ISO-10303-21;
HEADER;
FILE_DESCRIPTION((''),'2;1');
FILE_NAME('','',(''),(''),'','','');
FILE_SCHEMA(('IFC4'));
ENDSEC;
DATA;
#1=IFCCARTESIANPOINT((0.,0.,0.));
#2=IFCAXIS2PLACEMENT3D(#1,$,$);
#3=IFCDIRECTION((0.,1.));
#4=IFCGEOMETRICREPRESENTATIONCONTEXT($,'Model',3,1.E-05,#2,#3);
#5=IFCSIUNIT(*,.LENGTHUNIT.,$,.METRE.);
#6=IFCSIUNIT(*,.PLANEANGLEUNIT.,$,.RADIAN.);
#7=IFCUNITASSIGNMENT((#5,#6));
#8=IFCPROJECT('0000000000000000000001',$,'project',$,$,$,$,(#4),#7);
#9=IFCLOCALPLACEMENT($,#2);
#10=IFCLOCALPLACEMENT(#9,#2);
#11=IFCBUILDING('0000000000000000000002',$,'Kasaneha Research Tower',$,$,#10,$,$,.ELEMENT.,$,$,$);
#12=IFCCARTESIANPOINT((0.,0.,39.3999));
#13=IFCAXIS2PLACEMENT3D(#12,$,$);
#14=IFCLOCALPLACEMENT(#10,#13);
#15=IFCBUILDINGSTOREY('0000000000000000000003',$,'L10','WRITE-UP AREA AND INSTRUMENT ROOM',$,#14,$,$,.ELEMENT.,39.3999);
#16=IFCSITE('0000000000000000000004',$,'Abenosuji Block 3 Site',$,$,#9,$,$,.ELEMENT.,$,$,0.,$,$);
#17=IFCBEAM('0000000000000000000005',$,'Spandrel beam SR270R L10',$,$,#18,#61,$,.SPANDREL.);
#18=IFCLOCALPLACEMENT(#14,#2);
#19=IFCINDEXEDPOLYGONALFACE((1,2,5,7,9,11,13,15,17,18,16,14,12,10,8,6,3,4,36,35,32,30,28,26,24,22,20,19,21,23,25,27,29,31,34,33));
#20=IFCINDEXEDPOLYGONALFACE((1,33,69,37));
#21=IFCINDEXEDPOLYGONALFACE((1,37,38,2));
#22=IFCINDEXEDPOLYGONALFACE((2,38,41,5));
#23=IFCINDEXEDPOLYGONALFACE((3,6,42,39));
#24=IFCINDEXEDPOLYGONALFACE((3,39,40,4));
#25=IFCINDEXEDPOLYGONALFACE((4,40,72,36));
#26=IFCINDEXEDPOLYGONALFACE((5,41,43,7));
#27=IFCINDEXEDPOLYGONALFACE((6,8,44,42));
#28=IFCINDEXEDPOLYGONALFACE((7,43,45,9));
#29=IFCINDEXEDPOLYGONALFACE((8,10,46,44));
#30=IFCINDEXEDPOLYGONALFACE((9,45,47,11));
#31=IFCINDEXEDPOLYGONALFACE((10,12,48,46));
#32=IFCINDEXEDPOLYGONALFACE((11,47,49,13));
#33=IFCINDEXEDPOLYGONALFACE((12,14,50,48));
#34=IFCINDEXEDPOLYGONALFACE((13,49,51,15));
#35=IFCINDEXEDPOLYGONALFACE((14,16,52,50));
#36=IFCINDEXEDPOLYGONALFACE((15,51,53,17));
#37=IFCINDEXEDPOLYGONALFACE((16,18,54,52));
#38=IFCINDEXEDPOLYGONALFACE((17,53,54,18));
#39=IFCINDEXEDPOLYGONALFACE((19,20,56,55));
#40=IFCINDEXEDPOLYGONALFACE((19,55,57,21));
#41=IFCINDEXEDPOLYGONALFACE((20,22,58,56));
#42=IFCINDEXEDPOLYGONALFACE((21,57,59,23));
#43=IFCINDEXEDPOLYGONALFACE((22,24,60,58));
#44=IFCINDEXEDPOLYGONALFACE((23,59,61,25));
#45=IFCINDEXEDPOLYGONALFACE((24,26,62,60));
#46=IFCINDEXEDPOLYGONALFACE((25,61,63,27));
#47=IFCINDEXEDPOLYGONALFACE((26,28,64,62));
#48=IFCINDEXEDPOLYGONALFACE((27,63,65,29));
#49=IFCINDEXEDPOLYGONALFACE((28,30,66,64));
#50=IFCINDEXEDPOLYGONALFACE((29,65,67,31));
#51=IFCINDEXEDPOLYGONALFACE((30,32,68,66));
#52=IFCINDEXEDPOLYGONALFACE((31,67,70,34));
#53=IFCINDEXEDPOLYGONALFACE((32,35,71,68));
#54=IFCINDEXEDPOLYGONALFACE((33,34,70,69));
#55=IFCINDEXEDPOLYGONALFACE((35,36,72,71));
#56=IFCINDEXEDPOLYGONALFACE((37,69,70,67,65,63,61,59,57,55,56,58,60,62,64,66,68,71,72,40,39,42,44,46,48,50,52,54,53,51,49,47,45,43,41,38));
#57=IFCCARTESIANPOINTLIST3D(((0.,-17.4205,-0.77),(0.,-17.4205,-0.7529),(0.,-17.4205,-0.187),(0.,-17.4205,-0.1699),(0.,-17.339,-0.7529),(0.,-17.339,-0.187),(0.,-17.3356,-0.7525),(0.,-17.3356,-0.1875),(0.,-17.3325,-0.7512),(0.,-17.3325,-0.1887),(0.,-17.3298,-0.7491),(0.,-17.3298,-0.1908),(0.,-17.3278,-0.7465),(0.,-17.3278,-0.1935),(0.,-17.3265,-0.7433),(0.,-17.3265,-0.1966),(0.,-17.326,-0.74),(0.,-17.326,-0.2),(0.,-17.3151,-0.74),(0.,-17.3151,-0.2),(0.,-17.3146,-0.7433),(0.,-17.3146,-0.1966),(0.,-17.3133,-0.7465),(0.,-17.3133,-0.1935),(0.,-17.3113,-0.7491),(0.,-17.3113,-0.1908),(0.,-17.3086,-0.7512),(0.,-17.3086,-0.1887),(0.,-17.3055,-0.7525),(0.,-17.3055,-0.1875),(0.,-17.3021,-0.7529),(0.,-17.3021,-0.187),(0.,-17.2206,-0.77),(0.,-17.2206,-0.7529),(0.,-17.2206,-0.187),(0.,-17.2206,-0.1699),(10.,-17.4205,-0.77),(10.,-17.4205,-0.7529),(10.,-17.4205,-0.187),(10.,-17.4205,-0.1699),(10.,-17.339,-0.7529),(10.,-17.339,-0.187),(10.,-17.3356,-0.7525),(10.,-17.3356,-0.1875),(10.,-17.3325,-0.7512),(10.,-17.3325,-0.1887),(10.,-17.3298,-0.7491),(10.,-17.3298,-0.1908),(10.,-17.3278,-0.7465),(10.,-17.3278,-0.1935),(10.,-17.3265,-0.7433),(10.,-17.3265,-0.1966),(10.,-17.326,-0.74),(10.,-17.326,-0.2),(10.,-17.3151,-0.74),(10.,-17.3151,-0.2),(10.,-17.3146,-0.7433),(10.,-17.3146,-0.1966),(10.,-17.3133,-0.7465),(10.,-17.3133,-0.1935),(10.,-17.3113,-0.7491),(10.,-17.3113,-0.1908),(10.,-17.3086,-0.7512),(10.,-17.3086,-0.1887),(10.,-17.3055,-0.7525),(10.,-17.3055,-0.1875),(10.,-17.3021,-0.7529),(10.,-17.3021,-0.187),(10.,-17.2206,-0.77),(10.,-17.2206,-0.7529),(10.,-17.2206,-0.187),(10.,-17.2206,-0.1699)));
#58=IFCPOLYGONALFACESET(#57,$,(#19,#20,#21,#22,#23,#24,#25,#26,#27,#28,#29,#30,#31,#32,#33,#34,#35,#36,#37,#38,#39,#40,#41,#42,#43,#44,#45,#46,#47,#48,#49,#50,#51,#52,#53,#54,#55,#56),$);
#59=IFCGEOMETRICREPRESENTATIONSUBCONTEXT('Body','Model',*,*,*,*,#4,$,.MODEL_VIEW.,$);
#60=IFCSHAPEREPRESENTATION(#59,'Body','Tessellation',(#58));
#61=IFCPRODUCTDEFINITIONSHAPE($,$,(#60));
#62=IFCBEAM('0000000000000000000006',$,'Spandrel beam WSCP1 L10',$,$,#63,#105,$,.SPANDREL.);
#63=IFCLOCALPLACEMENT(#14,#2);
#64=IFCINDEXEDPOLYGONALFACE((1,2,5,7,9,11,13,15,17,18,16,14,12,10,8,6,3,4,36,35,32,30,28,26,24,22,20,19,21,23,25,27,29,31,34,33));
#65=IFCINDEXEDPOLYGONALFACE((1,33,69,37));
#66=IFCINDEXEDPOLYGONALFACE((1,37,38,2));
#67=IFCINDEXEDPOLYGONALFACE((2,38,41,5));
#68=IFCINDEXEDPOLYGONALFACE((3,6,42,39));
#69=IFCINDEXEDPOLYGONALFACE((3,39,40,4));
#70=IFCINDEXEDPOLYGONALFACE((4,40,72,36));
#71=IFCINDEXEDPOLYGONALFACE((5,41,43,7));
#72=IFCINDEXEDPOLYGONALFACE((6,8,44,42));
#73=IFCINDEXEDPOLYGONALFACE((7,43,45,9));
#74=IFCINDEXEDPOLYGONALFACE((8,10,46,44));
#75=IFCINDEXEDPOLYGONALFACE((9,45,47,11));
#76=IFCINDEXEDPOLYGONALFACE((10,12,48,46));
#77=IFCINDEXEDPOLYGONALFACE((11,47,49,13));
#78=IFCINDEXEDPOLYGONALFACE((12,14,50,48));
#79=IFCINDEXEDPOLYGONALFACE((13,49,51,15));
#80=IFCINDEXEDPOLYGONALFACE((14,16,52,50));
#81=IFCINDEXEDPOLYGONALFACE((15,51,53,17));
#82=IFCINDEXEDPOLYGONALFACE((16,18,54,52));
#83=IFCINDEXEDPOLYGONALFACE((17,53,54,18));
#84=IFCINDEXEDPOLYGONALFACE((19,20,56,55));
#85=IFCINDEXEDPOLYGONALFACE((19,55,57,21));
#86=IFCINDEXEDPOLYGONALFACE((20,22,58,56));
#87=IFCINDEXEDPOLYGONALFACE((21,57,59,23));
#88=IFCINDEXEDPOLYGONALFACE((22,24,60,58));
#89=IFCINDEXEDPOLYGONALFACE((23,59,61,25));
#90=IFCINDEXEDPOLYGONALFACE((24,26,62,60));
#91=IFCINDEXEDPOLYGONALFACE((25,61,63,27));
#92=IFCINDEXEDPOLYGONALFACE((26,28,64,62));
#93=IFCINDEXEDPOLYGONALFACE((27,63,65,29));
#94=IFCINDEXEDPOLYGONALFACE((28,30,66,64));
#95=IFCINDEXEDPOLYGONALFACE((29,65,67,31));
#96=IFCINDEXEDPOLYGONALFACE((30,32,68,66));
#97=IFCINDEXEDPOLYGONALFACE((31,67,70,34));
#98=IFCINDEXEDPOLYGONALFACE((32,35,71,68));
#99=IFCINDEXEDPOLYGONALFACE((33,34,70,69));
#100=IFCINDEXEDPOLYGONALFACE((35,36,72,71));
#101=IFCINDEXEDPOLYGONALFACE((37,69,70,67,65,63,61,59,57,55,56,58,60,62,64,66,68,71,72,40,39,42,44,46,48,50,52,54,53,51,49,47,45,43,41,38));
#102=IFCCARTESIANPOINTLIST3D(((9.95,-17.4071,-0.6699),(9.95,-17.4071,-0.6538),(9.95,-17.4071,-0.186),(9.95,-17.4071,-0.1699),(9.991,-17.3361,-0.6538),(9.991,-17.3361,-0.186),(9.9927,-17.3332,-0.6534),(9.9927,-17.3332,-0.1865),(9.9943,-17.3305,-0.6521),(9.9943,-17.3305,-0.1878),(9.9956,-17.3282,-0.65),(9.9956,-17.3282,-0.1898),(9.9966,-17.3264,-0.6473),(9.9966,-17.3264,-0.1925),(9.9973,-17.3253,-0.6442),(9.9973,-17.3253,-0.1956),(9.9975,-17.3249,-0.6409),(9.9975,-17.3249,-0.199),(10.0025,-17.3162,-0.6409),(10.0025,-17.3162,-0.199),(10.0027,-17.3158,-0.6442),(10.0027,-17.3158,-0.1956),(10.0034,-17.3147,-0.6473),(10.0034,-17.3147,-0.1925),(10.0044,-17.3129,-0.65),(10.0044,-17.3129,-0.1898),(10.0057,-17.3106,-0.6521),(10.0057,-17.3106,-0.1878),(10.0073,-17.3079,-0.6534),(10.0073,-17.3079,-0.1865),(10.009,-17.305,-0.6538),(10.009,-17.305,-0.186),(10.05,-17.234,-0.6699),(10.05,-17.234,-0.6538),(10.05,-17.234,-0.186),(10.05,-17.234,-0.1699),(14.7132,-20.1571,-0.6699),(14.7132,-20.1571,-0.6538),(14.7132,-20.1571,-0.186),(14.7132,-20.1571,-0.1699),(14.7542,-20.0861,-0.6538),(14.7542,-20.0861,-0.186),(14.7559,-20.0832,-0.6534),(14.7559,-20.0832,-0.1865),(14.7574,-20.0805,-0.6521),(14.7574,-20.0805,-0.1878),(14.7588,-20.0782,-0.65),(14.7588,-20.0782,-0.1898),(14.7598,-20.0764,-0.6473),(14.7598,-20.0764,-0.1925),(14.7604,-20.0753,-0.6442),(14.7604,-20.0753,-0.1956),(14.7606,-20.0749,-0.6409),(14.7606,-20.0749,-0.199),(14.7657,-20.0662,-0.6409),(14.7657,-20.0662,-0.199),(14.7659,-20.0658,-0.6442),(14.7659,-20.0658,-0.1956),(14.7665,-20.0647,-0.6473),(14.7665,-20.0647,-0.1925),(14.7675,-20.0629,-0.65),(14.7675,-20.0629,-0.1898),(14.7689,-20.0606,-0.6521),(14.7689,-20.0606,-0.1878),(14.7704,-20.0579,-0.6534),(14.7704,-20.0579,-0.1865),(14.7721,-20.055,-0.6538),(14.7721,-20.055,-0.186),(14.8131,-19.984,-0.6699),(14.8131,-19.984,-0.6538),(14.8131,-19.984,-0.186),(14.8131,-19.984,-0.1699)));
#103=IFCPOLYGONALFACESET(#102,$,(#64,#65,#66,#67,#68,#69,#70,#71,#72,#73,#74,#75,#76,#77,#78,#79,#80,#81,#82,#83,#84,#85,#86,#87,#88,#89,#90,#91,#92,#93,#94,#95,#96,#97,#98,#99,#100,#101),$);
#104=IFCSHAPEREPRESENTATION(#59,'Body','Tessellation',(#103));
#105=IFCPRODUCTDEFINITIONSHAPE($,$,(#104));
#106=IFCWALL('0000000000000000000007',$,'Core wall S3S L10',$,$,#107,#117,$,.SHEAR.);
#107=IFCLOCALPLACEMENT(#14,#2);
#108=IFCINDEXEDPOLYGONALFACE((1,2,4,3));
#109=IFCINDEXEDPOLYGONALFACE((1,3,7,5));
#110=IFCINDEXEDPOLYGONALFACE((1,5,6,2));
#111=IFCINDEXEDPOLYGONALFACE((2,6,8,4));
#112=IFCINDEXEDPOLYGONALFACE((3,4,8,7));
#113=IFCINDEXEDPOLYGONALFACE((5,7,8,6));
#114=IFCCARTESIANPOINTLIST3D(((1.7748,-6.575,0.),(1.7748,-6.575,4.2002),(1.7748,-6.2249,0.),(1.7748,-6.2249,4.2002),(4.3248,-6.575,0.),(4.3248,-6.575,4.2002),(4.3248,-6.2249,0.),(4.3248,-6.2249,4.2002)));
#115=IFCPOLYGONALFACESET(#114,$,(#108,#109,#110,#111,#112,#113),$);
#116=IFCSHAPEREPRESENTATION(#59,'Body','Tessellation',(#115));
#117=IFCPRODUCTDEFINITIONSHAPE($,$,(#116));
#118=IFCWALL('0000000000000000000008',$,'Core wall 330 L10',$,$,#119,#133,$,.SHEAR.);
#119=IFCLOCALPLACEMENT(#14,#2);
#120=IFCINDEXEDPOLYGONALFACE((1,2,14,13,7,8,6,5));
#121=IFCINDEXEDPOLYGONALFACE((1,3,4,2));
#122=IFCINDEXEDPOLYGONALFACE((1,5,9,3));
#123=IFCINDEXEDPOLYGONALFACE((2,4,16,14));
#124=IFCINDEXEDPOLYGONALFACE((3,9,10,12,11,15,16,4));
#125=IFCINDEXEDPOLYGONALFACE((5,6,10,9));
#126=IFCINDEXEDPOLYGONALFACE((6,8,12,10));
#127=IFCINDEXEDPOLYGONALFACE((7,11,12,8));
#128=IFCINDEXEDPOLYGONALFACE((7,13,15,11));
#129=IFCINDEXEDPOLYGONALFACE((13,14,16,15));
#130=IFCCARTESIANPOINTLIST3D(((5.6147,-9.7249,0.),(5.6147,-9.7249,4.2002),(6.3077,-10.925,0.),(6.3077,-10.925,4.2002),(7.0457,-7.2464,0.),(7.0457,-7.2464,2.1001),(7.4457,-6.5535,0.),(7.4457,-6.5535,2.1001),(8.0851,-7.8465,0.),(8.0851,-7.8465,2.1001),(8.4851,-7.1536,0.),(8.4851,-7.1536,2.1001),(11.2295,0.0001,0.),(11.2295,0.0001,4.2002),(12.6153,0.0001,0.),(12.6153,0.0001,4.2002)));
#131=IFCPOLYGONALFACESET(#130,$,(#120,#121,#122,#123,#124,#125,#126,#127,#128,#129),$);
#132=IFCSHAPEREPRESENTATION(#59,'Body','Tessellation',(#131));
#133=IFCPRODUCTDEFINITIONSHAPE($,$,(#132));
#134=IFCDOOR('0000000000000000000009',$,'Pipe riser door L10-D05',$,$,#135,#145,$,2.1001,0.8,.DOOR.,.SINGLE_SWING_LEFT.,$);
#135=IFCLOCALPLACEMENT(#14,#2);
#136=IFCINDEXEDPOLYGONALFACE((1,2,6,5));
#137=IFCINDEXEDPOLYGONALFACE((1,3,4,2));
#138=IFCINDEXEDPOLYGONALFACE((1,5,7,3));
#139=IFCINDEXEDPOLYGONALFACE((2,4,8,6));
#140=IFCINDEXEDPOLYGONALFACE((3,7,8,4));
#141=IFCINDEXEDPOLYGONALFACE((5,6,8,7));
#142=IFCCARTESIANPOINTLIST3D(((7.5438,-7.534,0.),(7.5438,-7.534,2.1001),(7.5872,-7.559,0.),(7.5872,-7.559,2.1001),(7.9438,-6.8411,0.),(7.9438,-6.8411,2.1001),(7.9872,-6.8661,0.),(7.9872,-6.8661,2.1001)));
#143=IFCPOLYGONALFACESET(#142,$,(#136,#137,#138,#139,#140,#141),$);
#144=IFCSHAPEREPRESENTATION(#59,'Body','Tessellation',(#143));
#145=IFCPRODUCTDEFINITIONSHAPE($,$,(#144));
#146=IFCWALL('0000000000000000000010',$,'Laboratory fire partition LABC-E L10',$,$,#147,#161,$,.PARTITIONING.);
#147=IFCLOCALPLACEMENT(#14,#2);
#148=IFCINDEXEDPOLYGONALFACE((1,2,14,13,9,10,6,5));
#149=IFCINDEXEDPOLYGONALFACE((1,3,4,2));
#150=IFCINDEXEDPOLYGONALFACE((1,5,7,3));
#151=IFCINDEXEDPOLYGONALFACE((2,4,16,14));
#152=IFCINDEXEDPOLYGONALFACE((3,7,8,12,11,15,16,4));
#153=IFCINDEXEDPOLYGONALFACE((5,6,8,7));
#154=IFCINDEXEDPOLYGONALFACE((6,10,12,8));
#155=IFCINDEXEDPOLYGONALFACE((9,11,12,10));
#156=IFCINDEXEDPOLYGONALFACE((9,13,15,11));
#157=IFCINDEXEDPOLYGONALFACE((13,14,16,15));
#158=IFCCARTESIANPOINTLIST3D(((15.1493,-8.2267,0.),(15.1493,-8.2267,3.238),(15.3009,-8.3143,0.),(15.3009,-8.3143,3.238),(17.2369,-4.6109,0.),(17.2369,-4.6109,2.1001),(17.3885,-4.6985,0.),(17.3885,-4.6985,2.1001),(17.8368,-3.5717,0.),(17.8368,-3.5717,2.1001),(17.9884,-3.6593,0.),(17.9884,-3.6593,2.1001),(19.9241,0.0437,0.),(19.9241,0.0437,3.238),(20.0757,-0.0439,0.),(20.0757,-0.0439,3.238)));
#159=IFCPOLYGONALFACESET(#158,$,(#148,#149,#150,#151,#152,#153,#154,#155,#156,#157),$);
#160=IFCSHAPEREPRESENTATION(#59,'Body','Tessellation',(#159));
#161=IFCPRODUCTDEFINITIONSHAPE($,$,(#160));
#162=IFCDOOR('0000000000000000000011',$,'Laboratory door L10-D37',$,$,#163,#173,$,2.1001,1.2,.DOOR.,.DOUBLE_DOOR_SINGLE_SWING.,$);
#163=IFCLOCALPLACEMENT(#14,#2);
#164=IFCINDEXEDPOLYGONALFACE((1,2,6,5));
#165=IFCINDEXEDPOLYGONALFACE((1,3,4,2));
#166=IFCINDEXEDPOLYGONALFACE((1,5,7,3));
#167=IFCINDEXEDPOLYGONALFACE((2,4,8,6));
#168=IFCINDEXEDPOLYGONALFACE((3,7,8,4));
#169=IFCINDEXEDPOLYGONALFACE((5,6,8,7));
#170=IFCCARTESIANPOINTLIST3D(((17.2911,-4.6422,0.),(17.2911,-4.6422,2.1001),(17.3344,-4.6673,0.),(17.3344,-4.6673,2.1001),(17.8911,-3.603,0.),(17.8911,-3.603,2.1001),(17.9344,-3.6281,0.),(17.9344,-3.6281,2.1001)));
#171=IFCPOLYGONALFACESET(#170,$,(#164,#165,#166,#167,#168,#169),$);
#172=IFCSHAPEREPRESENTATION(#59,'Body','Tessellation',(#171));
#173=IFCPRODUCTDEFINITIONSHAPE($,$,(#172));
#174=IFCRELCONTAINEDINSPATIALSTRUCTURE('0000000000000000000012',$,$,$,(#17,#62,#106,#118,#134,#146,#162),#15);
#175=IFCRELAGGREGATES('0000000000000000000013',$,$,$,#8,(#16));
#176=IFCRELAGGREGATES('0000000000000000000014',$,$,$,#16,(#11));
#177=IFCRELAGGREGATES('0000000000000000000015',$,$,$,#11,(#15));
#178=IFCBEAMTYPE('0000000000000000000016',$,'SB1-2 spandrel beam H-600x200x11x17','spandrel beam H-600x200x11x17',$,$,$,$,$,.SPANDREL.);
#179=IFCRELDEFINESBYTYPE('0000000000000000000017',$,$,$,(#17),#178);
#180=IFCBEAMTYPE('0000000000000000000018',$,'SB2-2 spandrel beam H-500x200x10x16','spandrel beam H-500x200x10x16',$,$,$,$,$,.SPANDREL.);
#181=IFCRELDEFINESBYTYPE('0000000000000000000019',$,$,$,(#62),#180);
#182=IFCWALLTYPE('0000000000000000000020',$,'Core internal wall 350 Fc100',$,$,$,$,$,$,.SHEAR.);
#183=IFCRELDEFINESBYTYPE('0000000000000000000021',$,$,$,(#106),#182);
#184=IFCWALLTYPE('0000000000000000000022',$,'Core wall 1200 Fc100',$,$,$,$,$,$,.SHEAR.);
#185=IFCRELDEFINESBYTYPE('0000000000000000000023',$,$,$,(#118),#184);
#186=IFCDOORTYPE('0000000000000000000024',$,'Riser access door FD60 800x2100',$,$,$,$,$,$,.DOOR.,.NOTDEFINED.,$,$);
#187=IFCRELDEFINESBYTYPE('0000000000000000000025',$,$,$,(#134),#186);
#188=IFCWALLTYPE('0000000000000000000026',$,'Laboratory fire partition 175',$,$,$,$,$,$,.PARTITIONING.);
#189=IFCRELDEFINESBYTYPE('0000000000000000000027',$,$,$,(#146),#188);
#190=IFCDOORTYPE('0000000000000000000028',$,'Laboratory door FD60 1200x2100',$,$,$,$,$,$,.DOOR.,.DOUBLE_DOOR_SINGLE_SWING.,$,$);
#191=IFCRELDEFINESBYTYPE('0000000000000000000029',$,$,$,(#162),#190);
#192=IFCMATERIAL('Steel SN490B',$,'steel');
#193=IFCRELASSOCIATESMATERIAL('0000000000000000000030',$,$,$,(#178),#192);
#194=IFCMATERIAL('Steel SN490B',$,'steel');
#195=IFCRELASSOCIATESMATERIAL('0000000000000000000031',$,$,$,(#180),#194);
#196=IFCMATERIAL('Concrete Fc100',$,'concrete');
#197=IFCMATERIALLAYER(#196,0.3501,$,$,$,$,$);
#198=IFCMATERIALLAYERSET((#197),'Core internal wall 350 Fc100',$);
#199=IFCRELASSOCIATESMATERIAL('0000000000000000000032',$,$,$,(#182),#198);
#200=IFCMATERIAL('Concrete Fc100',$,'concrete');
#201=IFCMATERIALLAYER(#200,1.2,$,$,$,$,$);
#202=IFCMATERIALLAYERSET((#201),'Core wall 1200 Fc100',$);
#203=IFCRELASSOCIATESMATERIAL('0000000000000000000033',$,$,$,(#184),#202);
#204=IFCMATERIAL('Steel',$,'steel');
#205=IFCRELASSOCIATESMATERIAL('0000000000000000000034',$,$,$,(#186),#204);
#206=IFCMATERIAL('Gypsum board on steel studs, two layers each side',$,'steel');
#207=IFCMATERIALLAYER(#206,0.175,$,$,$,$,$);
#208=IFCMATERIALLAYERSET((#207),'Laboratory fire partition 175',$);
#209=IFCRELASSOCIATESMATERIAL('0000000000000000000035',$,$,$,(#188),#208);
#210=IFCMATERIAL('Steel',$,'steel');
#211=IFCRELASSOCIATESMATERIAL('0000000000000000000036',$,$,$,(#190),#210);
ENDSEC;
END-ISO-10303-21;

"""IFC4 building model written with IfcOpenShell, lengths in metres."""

from ifc_helpers import new_model, si_unit, direction, frame, frame_2d, origin, origin_2d, place, context, subcontext, project, spatial, polyline, rectangle, i_section, outline, extrude, material, layer, layer_set, material_profile, profile_set, type_object, element, fill, save


model = new_model("IFC4")

# Units and contexts
model_context = context("Model", 3, precision=1e-05, world=origin(), true_north=direction((0.0, 1.0)))
body_context = subcontext(model_context, "Body", "Model", "MODEL_VIEW")
ifc_project = project(units=[si_unit("LENGTHUNIT", "METRE"), si_unit("PLANEANGLEUNIT", "RADIAN")], contexts=[model_context])

# Site, building, storey
site_placement = place(None, origin())
site = spatial("IfcSite", under=ifc_project, at=site_placement, Name="Abenosuji Block 3 Site", CompositionType="ELEMENT", RefElevation=0.0)
building_placement = place(site_placement, origin())
building = spatial("IfcBuilding", under=site, at=building_placement, Name="Kasaneha Research Tower", CompositionType="ELEMENT")
storey_placement = place(building_placement, frame((0.0, 0.0, 39.3999)))
storey = spatial("IfcBuildingStorey", under=building, at=storey_placement, Name="L10", Description="WRITE-UP AREA AND INSTRUMENT ROOM", CompositionType="ELEMENT", Elevation=39.3999)

# Beams
ifc_material_1 = material(Name="Steel SN490B", Category="steel")
ifc_material_profile_1 = material_profile(ifc_material_1, i_section(OverallWidth=0.2, OverallDepth=0.6001, WebThickness=0.011, FlangeThickness=0.0171, FilletRadius=0.0129, at=origin_2d()), Name="H-600x200x11x17")
ifc_profile_set_1 = profile_set([ifc_material_profile_1], Name="Steel SN490B")
beam_type_1 = type_object("IfcBeamType", Name="SB1-2 spandrel beam H-600x200x11x17", Description="spandrel beam H-600x200x11x17", PredefinedType="SPANDREL", material=ifc_profile_set_1)
beam_1_placement = place(storey_placement, frame((10.0, -17.3206, -0.47), z_axis=(-1.0, 0.0, 0.0), x_axis=(0.0, -1.0, 0.0)))
element("IfcBeam", 1, at=beam_1_placement, inside=storey, type_object=beam_type_1, Name="Spandrel beam SR270R L10", PredefinedType="SPANDREL", context=body_context, shape_type="SweptSolid", body=[
    extrude(i_section(OverallWidth=0.2, OverallDepth=0.6001, WebThickness=0.011, FlangeThickness=0.0171, FilletRadius=0.0129, at=origin_2d()), origin(), (0.0, 0.0, 1.0), 10.0),
])
ifc_material_2 = material(Name="Steel SN490B", Category="steel")
ifc_material_profile_2 = material_profile(ifc_material_2, i_section(OverallWidth=0.2, OverallDepth=0.5, WebThickness=0.01, FlangeThickness=0.0161, FilletRadius=0.0129, at=origin_2d()), Name="H-500x200x10x16")
ifc_profile_set_2 = profile_set([ifc_material_profile_2], Name="Steel SN490B")
beam_type_2 = type_object("IfcBeamType", Name="SB2-2 spandrel beam H-500x200x10x16", Description="spandrel beam H-500x200x10x16", PredefinedType="SPANDREL", material=ifc_profile_set_2)
beam_2_placement = place(storey_placement, frame((10.0, -17.3206, -0.4199), z_axis=(0.866027, -0.499997, 0.0), x_axis=(0.499997, 0.866027, 0.0)))
element("IfcBeam", 2, at=beam_2_placement, inside=storey, type_object=beam_type_2, Name="Spandrel beam WSCP1 L10", PredefinedType="SPANDREL", context=body_context, shape_type="SweptSolid", body=[
    extrude(i_section(OverallWidth=0.2, OverallDepth=0.5, WebThickness=0.01, FlangeThickness=0.0161, FilletRadius=0.0129, at=origin_2d()), origin(), (0.0, 0.0, 1.0), 5.5),
])

# Wall
ifc_material_3 = material(Name="Concrete Fc100", Category="concrete")
ifc_layer_1 = layer(ifc_material_3, 0.3501)
ifc_layer_set_1 = layer_set([ifc_layer_1], Name="Core internal wall 350 Fc100")
wall_type_1 = type_object("IfcWallType", Name="Core internal wall 350 Fc100", PredefinedType="SHEAR", material=ifc_layer_set_1)
wall_1_placement = place(storey_placement, frame((1.7749, -6.3999, 0.0), z_axis=(0.0, 0.0, 1.0), x_axis=(1.0, 0.0, 0.0)))
element("IfcWall", 3, at=wall_1_placement, inside=storey, type_object=wall_type_1, Name="Core wall S3S L10", PredefinedType="SHEAR", context=body_context, shape_type="SweptSolid", body=[
    extrude(rectangle(XDim=2.55, YDim=0.3501, at=frame_2d((1.2749, 0.0))), origin(), (0.0, 0.0, 1.0), 4.2002),
])

# Walls, openings, doors
ifc_material_4 = material(Name="Concrete Fc100", Category="concrete")
ifc_layer_2 = layer(ifc_material_4, 1.2)
ifc_layer_set_2 = layer_set([ifc_layer_2], Name="Core wall 1200 Fc100")
wall_type_2 = type_object("IfcWallType", Name="Core wall 1200 Fc100", PredefinedType="SHEAR", material=ifc_layer_set_2)
wall_2_placement = place(storey_placement, frame((5.9612, -10.325, 0.0), z_axis=(0.0, 0.0, 1.0), x_axis=(0.500004, 0.866023, 0.0)))
wall_2 = element("IfcWall", 4, at=wall_2_placement, inside=storey, type_object=wall_type_2, Name="Core wall 330 L10", PredefinedType="SHEAR", context=body_context, shape_type="SweptSolid", body=[
    extrude(outline(polyline([(-0.3464, -0.6001), (3.2085, -0.6001), (4.0085, -0.6001), (12.2688, -0.6001), (11.5759, 0.6001), (4.0085, 0.6001), (3.2085, 0.6001), (0.3464, 0.6001), (-0.3464, -0.6001)])), origin(), (0.0, 0.0, 1.0), 4.2002),
])
opening_1_placement = place(wall_2_placement, frame((3.2085, 0.0, 0.0)))
opening_1 = element("IfcOpeningElement", 5, at=opening_1_placement, cuts=wall_2, PredefinedType="OPENING", context=body_context, shape_type="SweptSolid", body=[
    extrude(rectangle(XDim=0.8, YDim=2.1001, at=frame_2d((0.3999, 1.05))), frame((0.0, 0.6099, 0.0), z_axis=(0.0, -1.0, 0.0), x_axis=(1.0, 0.0, 0.0)), (0.0, 0.0, 1.0), 1.22),
])
ifc_material_5 = material(Name="Steel", Category="steel")
door_type_1 = type_object("IfcDoorType", Name="Riser access door FD60 800x2100", OperationType="NOTDEFINED", PredefinedType="DOOR", material=ifc_material_5)
door_1_placement = place(opening_1_placement, origin())
door_1 = element("IfcDoor", 6, at=door_1_placement, inside=storey, type_object=door_type_1, Name="Pipe riser door L10-D05", OperationType="SINGLE_SWING_LEFT", OverallHeight=2.1001, OverallWidth=0.8, PredefinedType="DOOR", context=body_context, shape_type="SweptSolid", body=[
    extrude(rectangle(XDim=0.8, YDim=2.1001, at=frame_2d((0.3999, 1.05))), frame((0.0, 0.0249, 0.0), z_axis=(0.0, -1.0, 0.0), x_axis=(1.0, 0.0, 0.0)), (0.0, 0.0, 1.0), 0.05),
])
fill(opening_1, door_1)
ifc_material_6 = material(Name="Gypsum board on steel studs, two layers each side", Category="steel")
ifc_layer_3 = layer(ifc_material_6, 0.175)
ifc_layer_set_3 = layer_set([ifc_layer_3], Name="Laboratory fire partition 175")
wall_type_3 = type_object("IfcWallType", Name="Laboratory fire partition 175", PredefinedType="PARTITIONING", material=ifc_layer_set_3)
wall_3_placement = place(storey_placement, frame((15.2251, -8.2705, 0.0), z_axis=(0.0, 0.0, 1.0), x_axis=(0.499994, 0.866029, 0.0)))
wall_3 = element("IfcWall", 7, at=wall_3_placement, inside=storey, type_object=wall_type_3, Name="Laboratory fire partition LABC-E L10", PredefinedType="PARTITIONING", context=body_context, shape_type="SweptSolid", body=[
    extrude(rectangle(XDim=9.5498, YDim=0.175, at=frame_2d((4.7749, 0.0))), origin(), (0.0, 0.0, 1.0), 3.238),
])
opening_2_placement = place(wall_3_placement, frame((4.175, 0.0, 0.0)))
opening_2 = element("IfcOpeningElement", 8, at=opening_2_placement, cuts=wall_3, PredefinedType="OPENING", context=body_context, shape_type="SweptSolid", body=[
    extrude(rectangle(XDim=1.2, YDim=2.1001, at=frame_2d((0.6001, 1.05))), frame((0.0, 0.0977, 0.0), z_axis=(0.0, -1.0, 0.0), x_axis=(1.0, 0.0, 0.0)), (0.0, 0.0, 1.0), 0.1951),
])
ifc_material_7 = material(Name="Steel", Category="steel")
door_type_2 = type_object("IfcDoorType", Name="Laboratory door FD60 1200x2100", OperationType="DOUBLE_DOOR_SINGLE_SWING", PredefinedType="DOOR", material=ifc_material_7)
door_2_placement = place(opening_2_placement, origin())
door_2 = element("IfcDoor", 9, at=door_2_placement, inside=storey, type_object=door_type_2, Name="Laboratory door L10-D37", OperationType="DOUBLE_DOOR_SINGLE_SWING", OverallHeight=2.1001, OverallWidth=1.2, PredefinedType="DOOR", context=body_context, shape_type="SweptSolid", body=[
    extrude(rectangle(XDim=1.2, YDim=2.1001, at=frame_2d((0.6001, 1.05))), frame((0.0, 0.0249, 0.0), z_axis=(0.0, -1.0, 0.0), x_axis=(1.0, 0.0, 0.0)), (0.0, 0.0, 1.0), 0.05),
])
fill(opening_2, door_2)

save(model, "model.ifc")
